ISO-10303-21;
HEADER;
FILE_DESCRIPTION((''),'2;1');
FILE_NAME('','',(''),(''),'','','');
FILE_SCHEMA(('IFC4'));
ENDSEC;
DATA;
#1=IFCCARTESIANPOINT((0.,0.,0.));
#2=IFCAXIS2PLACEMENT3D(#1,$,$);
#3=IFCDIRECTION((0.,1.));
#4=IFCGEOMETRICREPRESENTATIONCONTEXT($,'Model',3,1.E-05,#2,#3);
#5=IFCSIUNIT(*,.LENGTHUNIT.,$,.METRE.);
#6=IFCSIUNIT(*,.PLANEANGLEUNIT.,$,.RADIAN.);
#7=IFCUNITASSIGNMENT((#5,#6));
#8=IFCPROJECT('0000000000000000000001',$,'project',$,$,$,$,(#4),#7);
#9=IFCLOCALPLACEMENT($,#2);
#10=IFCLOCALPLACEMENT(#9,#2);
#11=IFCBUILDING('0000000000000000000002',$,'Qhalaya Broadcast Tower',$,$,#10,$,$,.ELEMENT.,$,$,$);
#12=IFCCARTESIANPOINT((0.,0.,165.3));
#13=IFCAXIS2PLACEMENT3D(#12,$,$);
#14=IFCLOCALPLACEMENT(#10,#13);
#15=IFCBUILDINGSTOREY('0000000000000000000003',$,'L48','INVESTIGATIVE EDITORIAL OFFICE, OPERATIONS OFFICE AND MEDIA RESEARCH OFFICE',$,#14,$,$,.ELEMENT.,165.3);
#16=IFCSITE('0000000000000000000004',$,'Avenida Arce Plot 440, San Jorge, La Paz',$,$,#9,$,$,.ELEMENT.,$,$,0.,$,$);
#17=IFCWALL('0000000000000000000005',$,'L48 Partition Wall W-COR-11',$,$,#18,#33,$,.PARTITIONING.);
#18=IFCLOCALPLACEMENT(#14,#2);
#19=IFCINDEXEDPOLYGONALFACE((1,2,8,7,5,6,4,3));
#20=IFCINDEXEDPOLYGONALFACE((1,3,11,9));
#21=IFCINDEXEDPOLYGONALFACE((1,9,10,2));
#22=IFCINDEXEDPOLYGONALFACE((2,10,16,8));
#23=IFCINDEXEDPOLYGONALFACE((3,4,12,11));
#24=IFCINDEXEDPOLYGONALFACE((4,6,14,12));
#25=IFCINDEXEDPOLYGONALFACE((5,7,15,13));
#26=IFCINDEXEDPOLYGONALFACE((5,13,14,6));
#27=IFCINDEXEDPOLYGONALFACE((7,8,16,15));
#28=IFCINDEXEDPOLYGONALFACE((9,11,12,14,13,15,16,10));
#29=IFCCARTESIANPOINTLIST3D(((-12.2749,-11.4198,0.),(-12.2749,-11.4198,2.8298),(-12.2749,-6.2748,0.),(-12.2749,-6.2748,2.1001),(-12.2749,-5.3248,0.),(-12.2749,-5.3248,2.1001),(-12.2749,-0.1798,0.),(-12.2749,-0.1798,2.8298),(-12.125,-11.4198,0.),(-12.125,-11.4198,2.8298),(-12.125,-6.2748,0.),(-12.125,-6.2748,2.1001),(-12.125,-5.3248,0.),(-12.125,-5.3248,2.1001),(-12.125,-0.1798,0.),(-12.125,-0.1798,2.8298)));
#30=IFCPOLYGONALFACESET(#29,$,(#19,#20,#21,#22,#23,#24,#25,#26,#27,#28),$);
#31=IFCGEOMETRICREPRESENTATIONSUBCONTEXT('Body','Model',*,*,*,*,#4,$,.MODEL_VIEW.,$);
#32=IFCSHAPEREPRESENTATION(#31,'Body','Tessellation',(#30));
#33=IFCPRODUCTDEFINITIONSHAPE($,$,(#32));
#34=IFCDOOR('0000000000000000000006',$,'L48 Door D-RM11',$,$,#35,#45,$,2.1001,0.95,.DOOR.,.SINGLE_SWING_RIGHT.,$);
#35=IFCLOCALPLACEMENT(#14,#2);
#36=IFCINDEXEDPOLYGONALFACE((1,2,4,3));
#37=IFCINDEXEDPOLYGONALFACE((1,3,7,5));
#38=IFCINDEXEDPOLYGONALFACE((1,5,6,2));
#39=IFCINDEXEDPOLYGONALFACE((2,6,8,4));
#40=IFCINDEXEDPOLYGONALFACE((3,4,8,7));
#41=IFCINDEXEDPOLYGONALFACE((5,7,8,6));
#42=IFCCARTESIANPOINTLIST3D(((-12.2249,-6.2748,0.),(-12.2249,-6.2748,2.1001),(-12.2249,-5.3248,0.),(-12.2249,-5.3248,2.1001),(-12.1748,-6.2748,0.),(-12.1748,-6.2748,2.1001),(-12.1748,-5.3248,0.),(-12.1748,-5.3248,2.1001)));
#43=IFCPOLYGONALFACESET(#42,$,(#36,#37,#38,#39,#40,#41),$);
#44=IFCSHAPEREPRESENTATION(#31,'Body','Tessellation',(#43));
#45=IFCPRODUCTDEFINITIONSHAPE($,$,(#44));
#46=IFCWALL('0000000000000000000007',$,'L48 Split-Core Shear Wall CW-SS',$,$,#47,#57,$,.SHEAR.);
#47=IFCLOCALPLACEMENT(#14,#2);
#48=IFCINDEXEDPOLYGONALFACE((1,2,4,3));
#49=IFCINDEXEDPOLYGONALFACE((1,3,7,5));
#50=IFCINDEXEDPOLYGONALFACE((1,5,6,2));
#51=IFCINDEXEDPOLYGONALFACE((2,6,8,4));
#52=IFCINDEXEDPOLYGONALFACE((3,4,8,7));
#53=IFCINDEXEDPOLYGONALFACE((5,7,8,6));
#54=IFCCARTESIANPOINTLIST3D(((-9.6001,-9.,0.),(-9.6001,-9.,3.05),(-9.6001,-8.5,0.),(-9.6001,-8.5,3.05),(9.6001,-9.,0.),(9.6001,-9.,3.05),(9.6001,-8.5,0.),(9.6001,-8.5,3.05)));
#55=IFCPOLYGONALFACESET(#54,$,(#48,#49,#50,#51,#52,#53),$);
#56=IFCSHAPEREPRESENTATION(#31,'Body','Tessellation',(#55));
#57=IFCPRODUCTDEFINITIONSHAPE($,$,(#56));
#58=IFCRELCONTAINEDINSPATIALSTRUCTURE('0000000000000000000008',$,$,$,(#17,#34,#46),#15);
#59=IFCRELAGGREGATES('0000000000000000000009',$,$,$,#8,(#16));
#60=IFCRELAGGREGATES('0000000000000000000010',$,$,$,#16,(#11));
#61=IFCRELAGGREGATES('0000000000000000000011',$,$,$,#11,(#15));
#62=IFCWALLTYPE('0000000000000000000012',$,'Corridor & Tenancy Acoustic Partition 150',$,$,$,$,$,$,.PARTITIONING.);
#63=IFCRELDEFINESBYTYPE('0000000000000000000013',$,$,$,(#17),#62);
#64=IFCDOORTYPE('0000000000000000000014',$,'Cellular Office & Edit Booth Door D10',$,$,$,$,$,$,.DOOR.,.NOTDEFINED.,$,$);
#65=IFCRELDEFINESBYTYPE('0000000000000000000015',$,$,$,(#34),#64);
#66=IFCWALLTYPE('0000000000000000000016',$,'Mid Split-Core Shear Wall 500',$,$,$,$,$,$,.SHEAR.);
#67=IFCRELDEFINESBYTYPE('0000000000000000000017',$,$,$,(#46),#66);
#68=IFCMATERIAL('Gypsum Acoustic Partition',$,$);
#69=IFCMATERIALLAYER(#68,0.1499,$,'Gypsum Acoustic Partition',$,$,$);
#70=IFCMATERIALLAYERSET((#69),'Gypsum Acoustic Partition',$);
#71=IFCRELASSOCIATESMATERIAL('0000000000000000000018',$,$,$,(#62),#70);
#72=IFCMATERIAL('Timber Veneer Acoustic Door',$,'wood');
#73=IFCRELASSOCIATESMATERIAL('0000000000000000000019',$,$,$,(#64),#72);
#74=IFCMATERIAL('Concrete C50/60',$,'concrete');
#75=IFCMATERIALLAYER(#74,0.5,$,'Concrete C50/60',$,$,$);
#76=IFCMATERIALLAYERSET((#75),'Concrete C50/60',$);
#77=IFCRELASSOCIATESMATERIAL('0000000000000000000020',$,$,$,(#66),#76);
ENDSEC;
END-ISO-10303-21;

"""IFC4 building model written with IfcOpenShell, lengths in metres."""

from ifc_helpers import new_model, si_unit, direction, frame, frame_2d, origin, place, context, subcontext, project, spatial, rectangle, extrude, material, layer, layer_set, type_object, element, fill, save


model = new_model("IFC4")

# Units and contexts
model_context = context("Model", 3, precision=1e-05, world=origin(), true_north=direction((0.0, 1.0)))
body_context = subcontext(model_context, "Body", "Model", "MODEL_VIEW")
ifc_project = project(units=[si_unit("LENGTHUNIT", "METRE"), si_unit("PLANEANGLEUNIT", "RADIAN")], contexts=[model_context])

# Site, building, storey
site_placement = place(None, origin())
site = spatial("IfcSite", under=ifc_project, at=site_placement, Name="Avenida Arce Plot 440, San Jorge, La Paz", CompositionType="ELEMENT", RefElevation=0.0)
building_placement = place(site_placement, origin())
building = spatial("IfcBuilding", under=site, at=building_placement, Name="Qhalaya Broadcast Tower", CompositionType="ELEMENT")
storey_placement = place(building_placement, frame((0.0, 0.0, 165.3)))
storey = spatial("IfcBuildingStorey", under=building, at=storey_placement, Name="L48", Description="INVESTIGATIVE EDITORIAL OFFICE, OPERATIONS OFFICE AND MEDIA RESEARCH OFFICE", CompositionType="ELEMENT", Elevation=165.3)

# Wall, opening, door
ifc_material_1 = material(Name="Gypsum Acoustic Partition")
ifc_layer_1 = layer(ifc_material_1, 0.1499, Name="Gypsum Acoustic Partition")
ifc_layer_set_1 = layer_set([ifc_layer_1], Name="Gypsum Acoustic Partition")
wall_type_1 = type_object("IfcWallType", Name="Corridor & Tenancy Acoustic Partition 150", PredefinedType="PARTITIONING", material=ifc_layer_set_1)
wall_1_placement = place(storey_placement, frame((-12.2, -11.4199, 0.0), z_axis=(0.0, 0.0, 1.0), x_axis=(0.0, 1.0, 0.0)))
wall_1 = element("IfcWall", 1, at=wall_1_placement, inside=storey, type_object=wall_type_1, Name="L48 Partition Wall W-COR-11", PredefinedType="PARTITIONING", context=body_context, shape_type="SweptSolid", body=[
    extrude(rectangle(XDim=11.24, YDim=0.1499, at=frame_2d((5.6201, 0.0))), origin(), (0.0, 0.0, 1.0), 2.8298),
])
opening_1_placement = place(wall_1_placement, frame((5.145, 0.0, 0.0)))
opening_1 = element("IfcOpeningElement", 2, at=opening_1_placement, cuts=wall_1, PredefinedType="OPENING", context=body_context, shape_type="SweptSolid", body=[
    extrude(rectangle(XDim=0.95, YDim=2.1001, at=frame_2d((0.4751, 1.05))), frame((0.0, 0.0869, 0.0), z_axis=(0.0, -1.0, 0.0), x_axis=(1.0, 0.0, 0.0)), (0.0, 0.0, 1.0), 0.1738),
])
ifc_material_2 = material(Name="Timber Veneer Acoustic Door", Category="wood")
door_type_1 = type_object("IfcDoorType", Name="Cellular Office & Edit Booth Door D10", OperationType="NOTDEFINED", PredefinedType="DOOR", material=ifc_material_2)
door_1_placement = place(opening_1_placement, origin())
door_1 = element("IfcDoor", 3, at=door_1_placement, inside=storey, type_object=door_type_1, Name="L48 Door D-RM11", OperationType="SINGLE_SWING_RIGHT", OverallHeight=2.1001, OverallWidth=0.95, PredefinedType="DOOR", context=body_context, shape_type="SweptSolid", body=[
    extrude(rectangle(XDim=0.95, YDim=2.1001, at=frame_2d((0.4751, 1.05))), frame((0.0, 0.0249, 0.0), z_axis=(0.0, -1.0, 0.0), x_axis=(1.0, 0.0, 0.0)), (0.0, 0.0, 1.0), 0.05),
])
fill(opening_1, door_1)

# Wall
ifc_material_3 = material(Name="Concrete C50/60", Category="concrete")
ifc_layer_2 = layer(ifc_material_3, 0.5, Name="Concrete C50/60")
ifc_layer_set_2 = layer_set([ifc_layer_2], Name="Concrete C50/60")
wall_type_2 = type_object("IfcWallType", Name="Mid Split-Core Shear Wall 500", PredefinedType="SHEAR", material=ifc_layer_set_2)
wall_2_placement = place(storey_placement, frame((-9.6001, -8.75, 0.0), z_axis=(0.0, 0.0, 1.0), x_axis=(1.0, 0.0, 0.0)))
element("IfcWall", 4, at=wall_2_placement, inside=storey, type_object=wall_type_2, Name="L48 Split-Core Shear Wall CW-SS", PredefinedType="SHEAR", context=body_context, shape_type="SweptSolid", body=[
    extrude(rectangle(XDim=19.2002, YDim=0.5, at=frame_2d((9.6001, 0.0))), origin(), (0.0, 0.0, 1.0), 3.05),
])

save(model, "model.ifc")
